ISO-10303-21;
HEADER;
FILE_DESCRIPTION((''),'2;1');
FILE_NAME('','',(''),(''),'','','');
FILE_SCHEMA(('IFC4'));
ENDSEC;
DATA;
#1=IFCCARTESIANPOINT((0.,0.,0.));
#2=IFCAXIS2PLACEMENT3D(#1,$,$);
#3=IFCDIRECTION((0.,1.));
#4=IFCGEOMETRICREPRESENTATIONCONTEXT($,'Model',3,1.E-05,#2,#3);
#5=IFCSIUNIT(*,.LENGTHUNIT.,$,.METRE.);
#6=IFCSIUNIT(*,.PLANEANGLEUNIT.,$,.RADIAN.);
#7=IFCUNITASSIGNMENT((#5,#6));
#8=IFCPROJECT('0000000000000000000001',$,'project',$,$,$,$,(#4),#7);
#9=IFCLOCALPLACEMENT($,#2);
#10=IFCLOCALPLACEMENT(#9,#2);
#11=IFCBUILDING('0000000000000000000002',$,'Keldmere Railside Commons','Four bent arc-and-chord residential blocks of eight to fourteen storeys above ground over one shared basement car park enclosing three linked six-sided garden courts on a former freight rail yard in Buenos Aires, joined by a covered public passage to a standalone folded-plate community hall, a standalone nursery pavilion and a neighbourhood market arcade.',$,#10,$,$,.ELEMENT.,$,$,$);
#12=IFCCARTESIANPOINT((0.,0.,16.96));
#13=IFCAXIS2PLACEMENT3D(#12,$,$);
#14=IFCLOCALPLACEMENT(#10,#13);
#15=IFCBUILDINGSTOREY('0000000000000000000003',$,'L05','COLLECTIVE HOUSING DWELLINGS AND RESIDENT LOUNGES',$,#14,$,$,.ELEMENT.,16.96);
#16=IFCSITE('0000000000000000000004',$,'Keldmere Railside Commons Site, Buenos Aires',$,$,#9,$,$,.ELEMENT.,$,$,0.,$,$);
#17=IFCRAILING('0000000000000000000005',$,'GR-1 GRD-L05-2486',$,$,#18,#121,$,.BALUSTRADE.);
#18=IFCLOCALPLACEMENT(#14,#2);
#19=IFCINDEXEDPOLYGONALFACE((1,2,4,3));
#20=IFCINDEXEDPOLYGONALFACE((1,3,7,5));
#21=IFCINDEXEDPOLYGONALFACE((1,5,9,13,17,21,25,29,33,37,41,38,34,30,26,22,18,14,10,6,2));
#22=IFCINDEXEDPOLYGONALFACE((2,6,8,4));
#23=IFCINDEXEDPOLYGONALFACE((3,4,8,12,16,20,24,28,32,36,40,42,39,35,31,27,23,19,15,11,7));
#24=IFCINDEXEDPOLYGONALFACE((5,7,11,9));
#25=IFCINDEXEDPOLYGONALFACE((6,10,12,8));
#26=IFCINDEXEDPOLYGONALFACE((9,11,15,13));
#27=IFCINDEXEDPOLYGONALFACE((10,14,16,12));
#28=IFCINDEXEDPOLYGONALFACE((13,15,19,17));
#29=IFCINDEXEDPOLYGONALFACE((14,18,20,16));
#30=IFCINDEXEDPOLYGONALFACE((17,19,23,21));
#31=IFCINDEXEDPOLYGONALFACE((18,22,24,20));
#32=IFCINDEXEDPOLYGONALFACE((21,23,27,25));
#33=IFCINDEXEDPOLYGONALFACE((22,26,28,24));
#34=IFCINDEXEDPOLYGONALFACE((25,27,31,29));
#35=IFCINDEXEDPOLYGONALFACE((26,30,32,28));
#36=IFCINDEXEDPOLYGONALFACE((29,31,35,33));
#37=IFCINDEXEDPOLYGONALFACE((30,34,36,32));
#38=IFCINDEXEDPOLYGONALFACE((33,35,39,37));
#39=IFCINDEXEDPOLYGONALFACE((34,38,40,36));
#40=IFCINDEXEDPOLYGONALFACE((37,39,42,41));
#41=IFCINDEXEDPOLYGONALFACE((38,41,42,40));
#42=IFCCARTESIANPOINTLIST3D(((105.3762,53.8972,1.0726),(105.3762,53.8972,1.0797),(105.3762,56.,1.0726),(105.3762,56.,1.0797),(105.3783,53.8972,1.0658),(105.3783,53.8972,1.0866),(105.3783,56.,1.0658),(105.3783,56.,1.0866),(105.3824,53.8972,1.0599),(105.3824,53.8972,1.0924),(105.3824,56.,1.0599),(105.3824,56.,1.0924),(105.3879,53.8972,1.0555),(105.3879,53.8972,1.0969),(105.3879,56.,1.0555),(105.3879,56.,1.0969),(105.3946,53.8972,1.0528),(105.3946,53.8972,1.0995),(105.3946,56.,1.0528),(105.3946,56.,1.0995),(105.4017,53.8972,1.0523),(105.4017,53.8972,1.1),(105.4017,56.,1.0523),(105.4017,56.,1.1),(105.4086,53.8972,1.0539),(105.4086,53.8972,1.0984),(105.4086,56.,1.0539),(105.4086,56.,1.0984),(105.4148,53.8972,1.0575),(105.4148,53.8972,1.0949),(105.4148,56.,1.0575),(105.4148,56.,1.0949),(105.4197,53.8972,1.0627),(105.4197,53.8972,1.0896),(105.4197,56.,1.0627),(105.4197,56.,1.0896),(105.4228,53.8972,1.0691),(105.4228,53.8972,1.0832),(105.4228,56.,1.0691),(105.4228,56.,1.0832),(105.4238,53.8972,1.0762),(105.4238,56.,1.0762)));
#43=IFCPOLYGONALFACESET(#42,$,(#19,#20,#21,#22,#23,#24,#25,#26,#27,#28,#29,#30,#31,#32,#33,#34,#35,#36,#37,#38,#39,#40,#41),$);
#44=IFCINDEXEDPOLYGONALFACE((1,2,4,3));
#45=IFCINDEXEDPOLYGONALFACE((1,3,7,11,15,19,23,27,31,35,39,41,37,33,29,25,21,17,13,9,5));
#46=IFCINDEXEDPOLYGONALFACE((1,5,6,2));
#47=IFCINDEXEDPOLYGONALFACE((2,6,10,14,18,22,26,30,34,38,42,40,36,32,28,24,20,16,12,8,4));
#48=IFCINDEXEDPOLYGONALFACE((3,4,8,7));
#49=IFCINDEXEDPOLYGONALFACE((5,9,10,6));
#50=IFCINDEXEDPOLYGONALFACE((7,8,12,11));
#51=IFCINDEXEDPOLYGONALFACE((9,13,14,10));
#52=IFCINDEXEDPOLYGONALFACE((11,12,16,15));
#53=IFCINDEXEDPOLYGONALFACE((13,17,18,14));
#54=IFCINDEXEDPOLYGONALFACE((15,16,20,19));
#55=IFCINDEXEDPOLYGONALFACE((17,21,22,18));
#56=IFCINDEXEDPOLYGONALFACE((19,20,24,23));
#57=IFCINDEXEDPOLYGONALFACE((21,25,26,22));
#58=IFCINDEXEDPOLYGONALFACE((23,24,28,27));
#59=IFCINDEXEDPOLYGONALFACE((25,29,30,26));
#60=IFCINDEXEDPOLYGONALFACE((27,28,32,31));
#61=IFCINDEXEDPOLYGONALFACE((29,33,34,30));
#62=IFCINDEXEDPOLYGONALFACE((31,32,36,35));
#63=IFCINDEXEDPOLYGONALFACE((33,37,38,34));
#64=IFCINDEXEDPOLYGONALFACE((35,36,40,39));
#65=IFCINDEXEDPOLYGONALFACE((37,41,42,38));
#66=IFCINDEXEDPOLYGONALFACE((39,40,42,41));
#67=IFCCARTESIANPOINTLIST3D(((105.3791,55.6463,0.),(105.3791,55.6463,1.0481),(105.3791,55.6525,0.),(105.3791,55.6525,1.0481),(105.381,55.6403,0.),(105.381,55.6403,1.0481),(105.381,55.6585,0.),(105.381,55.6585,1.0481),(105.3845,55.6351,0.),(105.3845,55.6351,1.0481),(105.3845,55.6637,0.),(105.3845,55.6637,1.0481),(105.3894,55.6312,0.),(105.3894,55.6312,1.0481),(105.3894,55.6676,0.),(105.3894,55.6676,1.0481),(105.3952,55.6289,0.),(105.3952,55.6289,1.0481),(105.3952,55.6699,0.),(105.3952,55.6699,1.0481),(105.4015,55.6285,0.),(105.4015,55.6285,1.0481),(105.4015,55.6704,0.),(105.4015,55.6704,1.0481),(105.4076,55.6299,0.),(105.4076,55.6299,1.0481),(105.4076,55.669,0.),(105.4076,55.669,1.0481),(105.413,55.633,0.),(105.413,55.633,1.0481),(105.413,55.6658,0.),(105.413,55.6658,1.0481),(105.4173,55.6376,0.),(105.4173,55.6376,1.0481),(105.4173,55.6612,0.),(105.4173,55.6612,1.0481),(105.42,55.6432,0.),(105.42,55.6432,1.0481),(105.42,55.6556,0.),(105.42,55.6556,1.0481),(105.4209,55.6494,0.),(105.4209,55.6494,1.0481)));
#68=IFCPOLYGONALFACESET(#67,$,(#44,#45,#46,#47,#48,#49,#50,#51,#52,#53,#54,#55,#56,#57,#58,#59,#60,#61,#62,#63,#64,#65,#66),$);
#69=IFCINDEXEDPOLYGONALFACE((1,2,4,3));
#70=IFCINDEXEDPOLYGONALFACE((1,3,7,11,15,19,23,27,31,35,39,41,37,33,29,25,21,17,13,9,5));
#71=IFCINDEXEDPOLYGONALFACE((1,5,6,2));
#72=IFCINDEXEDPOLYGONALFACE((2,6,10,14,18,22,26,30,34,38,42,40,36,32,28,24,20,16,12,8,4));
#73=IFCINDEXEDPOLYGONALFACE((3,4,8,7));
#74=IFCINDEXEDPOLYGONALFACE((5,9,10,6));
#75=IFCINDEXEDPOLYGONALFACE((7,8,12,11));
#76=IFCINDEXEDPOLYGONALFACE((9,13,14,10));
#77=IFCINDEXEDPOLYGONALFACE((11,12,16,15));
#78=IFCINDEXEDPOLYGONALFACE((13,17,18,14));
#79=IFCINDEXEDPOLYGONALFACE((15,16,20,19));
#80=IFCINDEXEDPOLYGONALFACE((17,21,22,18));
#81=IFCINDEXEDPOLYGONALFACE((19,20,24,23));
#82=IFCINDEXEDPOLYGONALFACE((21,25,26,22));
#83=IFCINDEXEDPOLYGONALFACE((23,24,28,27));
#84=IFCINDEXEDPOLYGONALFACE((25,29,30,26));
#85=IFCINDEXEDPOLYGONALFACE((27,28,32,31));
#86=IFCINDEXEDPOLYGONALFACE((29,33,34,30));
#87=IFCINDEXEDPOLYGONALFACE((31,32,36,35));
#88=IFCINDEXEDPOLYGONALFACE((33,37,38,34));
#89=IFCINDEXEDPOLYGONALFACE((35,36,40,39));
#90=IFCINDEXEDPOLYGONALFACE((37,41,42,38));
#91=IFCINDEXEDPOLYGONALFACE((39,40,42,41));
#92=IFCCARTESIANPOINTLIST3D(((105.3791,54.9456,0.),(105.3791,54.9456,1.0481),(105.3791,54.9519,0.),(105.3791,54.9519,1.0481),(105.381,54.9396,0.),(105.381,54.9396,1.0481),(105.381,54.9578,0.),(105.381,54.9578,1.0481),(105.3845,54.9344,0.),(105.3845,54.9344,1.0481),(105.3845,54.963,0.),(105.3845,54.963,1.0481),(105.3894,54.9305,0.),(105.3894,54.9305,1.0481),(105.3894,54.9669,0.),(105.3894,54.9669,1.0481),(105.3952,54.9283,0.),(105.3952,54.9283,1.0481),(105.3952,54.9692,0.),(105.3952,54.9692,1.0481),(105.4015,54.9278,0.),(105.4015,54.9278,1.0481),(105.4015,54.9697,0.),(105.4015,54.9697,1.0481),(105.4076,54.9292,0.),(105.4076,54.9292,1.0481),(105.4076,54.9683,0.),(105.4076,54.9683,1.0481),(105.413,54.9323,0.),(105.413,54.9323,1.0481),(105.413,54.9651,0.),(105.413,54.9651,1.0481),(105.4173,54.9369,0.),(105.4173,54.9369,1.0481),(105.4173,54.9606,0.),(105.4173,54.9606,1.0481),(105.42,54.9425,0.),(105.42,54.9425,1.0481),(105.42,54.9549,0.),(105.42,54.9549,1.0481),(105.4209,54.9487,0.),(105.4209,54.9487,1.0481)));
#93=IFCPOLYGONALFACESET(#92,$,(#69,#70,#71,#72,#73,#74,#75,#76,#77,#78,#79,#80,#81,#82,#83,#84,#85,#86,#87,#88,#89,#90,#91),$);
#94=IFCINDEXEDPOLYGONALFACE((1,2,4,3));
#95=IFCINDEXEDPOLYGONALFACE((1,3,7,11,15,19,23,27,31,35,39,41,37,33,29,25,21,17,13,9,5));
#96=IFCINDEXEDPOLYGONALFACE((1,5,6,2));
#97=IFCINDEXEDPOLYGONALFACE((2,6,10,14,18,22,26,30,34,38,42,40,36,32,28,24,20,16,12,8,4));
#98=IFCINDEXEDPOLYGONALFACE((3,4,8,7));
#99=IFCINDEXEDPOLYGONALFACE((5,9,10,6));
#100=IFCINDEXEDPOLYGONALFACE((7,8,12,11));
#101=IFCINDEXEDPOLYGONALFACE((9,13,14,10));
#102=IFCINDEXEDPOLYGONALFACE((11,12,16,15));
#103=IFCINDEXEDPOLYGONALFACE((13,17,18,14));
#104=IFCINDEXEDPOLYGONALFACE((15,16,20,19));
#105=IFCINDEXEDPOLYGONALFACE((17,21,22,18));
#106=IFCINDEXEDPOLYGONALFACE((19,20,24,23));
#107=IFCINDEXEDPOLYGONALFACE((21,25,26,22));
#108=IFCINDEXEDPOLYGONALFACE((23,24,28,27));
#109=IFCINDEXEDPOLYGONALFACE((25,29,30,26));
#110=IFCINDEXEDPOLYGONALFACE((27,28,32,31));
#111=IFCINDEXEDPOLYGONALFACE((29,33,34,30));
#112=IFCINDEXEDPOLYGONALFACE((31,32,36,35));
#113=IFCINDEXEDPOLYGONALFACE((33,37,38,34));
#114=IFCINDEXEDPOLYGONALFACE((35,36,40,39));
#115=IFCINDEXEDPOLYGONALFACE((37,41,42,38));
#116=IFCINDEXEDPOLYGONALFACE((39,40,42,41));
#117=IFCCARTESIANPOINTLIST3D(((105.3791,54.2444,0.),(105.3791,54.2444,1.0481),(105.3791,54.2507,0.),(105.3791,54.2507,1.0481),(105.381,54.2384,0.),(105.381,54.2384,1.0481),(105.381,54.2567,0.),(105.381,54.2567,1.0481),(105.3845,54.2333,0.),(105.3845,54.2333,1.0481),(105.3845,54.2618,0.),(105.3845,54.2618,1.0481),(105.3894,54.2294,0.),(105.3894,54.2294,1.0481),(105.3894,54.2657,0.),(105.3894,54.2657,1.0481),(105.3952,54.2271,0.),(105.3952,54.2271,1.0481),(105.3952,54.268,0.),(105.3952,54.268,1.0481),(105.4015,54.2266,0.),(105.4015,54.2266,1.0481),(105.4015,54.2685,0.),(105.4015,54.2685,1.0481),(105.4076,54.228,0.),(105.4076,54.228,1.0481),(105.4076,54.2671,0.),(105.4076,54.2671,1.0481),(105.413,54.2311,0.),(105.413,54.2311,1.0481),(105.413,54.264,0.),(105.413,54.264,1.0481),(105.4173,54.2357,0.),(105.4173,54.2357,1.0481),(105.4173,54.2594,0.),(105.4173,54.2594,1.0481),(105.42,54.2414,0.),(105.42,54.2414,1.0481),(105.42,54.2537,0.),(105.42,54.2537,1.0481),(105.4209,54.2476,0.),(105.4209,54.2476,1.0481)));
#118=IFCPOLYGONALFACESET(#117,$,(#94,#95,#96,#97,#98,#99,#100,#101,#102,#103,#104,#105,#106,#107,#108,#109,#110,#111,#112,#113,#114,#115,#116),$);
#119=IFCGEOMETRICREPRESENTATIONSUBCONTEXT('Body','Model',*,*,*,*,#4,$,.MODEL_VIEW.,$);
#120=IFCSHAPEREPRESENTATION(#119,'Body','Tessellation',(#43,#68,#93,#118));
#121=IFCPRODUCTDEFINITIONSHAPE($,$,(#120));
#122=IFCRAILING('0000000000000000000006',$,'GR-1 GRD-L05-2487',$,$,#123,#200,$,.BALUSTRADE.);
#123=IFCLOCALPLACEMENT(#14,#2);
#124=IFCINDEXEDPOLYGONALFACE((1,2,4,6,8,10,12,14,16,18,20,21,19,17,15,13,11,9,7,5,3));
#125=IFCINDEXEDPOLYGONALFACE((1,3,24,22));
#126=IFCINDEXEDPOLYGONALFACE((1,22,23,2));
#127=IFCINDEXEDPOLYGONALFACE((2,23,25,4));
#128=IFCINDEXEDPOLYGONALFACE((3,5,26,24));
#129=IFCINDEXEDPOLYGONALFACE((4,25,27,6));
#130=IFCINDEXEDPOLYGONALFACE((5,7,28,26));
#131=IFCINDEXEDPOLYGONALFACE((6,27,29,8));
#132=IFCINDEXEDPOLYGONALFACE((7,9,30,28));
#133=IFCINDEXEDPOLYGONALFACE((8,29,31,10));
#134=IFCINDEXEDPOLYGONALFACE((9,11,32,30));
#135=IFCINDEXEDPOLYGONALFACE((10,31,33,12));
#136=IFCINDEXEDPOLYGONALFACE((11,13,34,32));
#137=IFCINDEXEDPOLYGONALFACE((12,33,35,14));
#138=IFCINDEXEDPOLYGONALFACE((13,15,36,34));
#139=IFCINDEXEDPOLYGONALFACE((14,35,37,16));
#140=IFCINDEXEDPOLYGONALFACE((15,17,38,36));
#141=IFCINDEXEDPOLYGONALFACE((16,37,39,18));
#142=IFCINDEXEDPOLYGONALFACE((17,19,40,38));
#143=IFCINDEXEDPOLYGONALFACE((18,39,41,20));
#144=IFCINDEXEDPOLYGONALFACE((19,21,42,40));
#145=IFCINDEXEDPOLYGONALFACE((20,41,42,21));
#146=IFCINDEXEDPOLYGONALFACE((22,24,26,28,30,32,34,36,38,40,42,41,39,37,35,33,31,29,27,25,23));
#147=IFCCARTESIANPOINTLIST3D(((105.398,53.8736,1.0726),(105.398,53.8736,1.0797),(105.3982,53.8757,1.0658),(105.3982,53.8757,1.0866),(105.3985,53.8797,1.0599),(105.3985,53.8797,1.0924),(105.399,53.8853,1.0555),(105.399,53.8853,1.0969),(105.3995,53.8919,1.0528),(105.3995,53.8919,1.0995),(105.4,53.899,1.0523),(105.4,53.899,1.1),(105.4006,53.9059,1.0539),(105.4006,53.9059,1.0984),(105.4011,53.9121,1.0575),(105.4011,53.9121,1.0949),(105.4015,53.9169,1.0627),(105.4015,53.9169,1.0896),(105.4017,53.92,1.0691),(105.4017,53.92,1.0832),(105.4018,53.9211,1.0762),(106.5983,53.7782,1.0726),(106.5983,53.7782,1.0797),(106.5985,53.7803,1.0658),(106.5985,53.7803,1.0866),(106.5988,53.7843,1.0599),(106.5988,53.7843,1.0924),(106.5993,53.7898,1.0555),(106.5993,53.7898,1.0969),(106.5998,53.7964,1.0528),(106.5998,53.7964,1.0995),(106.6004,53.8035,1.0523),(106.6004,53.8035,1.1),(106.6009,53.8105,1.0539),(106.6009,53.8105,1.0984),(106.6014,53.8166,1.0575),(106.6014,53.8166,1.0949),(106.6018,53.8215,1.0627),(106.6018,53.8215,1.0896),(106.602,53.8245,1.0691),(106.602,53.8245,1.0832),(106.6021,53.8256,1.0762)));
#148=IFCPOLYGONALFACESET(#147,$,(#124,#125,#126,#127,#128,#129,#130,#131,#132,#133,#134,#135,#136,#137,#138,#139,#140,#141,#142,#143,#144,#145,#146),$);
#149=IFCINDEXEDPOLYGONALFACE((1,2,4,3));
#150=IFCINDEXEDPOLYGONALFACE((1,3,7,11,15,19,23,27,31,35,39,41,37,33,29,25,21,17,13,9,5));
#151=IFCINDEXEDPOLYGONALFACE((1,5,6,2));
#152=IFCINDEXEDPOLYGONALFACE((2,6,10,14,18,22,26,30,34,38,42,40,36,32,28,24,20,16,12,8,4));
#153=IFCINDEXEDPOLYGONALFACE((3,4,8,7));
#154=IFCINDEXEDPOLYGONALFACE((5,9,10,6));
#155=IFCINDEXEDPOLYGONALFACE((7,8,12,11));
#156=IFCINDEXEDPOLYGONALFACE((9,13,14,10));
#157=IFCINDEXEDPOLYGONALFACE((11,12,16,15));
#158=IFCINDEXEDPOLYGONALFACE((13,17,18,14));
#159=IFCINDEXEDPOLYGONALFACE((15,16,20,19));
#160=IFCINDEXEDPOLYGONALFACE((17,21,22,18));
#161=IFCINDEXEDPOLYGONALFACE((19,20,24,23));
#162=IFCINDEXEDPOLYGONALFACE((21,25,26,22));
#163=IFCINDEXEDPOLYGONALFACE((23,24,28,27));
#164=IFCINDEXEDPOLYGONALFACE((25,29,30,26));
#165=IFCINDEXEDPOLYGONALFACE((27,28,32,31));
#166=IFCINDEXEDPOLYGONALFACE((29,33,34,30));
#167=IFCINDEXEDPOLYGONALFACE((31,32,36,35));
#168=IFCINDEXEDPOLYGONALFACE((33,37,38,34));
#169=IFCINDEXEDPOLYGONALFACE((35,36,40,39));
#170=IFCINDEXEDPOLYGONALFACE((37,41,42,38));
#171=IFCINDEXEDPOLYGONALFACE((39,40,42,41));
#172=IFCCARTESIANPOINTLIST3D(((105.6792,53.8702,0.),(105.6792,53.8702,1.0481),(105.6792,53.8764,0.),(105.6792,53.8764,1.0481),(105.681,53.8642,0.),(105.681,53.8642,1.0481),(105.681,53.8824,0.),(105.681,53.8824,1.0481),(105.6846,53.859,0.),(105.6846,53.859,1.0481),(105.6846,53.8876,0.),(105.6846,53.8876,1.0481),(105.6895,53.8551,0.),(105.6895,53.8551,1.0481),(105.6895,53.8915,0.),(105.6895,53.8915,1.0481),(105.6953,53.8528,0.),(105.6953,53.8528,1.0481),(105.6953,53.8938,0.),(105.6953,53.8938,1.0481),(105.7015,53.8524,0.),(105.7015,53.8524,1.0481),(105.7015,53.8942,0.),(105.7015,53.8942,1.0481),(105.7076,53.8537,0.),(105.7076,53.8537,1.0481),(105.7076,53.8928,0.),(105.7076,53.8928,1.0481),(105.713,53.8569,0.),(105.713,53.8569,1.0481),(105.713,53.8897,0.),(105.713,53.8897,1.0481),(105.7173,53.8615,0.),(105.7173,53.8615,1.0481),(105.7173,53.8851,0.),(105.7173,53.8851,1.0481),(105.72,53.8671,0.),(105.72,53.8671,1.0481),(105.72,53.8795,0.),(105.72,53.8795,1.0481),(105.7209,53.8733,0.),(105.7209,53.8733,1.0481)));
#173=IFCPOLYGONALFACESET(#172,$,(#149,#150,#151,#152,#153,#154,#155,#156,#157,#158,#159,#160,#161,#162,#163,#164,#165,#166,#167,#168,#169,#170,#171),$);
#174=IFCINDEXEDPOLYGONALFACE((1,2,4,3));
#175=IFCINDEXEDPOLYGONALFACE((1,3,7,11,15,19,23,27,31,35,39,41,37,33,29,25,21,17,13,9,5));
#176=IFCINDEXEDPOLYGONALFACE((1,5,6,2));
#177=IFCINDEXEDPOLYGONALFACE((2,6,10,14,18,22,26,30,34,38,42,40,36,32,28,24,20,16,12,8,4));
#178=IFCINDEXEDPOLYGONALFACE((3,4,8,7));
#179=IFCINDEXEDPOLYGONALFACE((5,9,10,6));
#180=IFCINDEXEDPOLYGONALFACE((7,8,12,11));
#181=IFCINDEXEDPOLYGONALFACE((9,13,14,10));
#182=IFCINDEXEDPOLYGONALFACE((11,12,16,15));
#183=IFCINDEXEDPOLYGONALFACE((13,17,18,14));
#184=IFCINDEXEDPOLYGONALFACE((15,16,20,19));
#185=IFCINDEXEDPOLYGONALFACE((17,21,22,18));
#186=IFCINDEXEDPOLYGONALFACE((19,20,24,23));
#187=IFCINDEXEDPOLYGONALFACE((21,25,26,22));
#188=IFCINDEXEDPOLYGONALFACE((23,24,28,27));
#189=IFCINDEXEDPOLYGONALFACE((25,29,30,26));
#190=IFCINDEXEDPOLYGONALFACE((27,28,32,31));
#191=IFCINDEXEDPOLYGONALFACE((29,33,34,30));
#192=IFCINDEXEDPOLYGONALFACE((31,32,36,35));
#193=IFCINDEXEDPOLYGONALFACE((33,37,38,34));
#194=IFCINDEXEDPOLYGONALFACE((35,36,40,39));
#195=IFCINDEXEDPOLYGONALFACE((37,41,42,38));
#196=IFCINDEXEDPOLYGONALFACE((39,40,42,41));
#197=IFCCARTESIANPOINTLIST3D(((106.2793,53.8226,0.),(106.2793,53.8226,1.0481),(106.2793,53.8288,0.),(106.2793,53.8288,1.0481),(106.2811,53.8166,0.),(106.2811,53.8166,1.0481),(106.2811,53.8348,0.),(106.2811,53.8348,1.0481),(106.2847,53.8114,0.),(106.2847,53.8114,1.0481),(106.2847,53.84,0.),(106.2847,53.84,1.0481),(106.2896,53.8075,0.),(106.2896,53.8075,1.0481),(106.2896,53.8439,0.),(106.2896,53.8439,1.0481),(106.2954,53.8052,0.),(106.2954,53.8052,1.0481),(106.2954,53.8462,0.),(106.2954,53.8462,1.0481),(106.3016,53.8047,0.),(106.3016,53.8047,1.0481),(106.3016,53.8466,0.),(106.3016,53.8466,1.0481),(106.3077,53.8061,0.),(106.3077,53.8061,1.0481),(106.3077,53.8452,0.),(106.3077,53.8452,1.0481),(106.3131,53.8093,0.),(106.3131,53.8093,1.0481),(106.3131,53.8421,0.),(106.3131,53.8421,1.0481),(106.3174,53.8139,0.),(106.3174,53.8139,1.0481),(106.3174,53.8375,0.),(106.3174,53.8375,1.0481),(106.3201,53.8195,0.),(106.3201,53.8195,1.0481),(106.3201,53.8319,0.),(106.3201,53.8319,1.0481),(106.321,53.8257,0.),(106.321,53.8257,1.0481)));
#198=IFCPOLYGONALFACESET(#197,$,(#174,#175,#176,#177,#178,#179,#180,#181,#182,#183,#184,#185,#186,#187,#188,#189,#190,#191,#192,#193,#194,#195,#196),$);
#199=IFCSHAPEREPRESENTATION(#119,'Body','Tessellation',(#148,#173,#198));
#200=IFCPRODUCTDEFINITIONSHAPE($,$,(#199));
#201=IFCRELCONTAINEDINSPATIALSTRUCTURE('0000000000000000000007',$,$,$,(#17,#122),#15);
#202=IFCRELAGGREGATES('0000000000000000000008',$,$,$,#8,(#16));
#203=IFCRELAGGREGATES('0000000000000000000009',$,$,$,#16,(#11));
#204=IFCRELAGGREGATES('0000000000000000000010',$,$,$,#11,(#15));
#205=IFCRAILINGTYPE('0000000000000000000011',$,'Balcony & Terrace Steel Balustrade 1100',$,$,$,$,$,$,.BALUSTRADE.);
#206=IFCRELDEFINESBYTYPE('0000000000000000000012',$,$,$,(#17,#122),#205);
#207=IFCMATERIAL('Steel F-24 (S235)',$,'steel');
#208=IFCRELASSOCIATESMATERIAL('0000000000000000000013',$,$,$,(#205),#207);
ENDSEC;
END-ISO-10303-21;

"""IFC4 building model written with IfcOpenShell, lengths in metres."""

from ifc_helpers import new_model, si_unit, direction, frame, origin, origin_2d, place, context, subcontext, project, spatial, circle, extrude, material, type_object, element, save


model = new_model("IFC4")

# Units and contexts
model_context = context("Model", 3, precision=1e-05, world=origin(), true_north=direction((0.0, 1.0)))
body_context = subcontext(model_context, "Body", "Model", "MODEL_VIEW")
ifc_project = project(units=[si_unit("LENGTHUNIT", "METRE"), si_unit("PLANEANGLEUNIT", "RADIAN")], contexts=[model_context])

# Site, building, storey
site_placement = place(None, origin())
site = spatial("IfcSite", under=ifc_project, at=site_placement, Name="Keldmere Railside Commons Site, Buenos Aires", CompositionType="ELEMENT", RefElevation=0.0)
building_placement = place(site_placement, origin())
building = spatial("IfcBuilding", under=site, at=building_placement, Name="Keldmere Railside Commons", Description="Four bent arc-and-chord residential blocks of eight to fourteen storeys above ground over one shared basement car park enclosing three linked six-sided garden courts on a former freight rail yard in Buenos Aires, joined by a covered public passage to a standalone folded-plate community hall, a standalone nursery pavilion and a neighbourhood market arcade.", CompositionType="ELEMENT")
storey_placement = place(building_placement, frame((0.0, 0.0, 16.96)))
storey = spatial("IfcBuildingStorey", under=building, at=storey_placement, Name="L05", Description="COLLECTIVE HOUSING DWELLINGS AND RESIDENT LOUNGES", CompositionType="ELEMENT", Elevation=16.96)

# Railings
ifc_material_1 = material(Name="Steel F-24 (S235)", Category="steel")
railing_type = type_object("IfcRailingType", Name="Balcony & Terrace Steel Balustrade 1100", PredefinedType="BALUSTRADE", material=ifc_material_1)
railing_1_placement = place(storey_placement, frame((105.3999, 56.0, 0.0)))
element("IfcRailing", 1, at=railing_1_placement, inside=storey, type_object=railing_type, Name="GR-1 GRD-L05-2486", PredefinedType="BALUSTRADE", context=body_context, shape_type="SweptSolid", body=[
    extrude(circle(Radius=0.0239, at=origin_2d()), frame((0.0, 0.0, 1.0762), z_axis=(0.0, -1.0, 0.0), x_axis=(1.0, 0.0, 0.0)), (0.0, 0.0, 1.0), 2.1028),
    extrude(circle(Radius=0.021, at=origin_2d()), frame((0.0, -0.3506, 0.0)), (0.0, 0.0, 1.0), 1.0481),
    extrude(circle(Radius=0.021, at=origin_2d()), frame((0.0, -1.0513, 0.0)), (0.0, 0.0, 1.0), 1.0481),
    extrude(circle(Radius=0.021, at=origin_2d()), frame((0.0, -1.7524, 0.0)), (0.0, 0.0, 1.0), 1.0481),
])
railing_2_placement = place(storey_placement, frame((105.3999, 53.8972, 0.0)))
element("IfcRailing", 2, at=railing_2_placement, inside=storey, type_object=railing_type, Name="GR-1 GRD-L05-2487", PredefinedType="BALUSTRADE", context=body_context, shape_type="SweptSolid", body=[
    extrude(circle(Radius=0.0239, at=origin_2d()), frame((0.0, 0.0, 1.0762), z_axis=(0.996852, -0.079286, 0.0), x_axis=(0.079286, 0.996852, 0.0)), (0.0, 0.0, 1.0), 1.2041),
    extrude(circle(Radius=0.021, at=origin_2d()), frame((0.3, -0.0239, 0.0)), (0.0, 0.0, 1.0), 1.0481),
    extrude(circle(Radius=0.021, at=origin_2d()), frame((0.9001, -0.0715, 0.0)), (0.0, 0.0, 1.0), 1.0481),
])

save(model, "model.ifc")
